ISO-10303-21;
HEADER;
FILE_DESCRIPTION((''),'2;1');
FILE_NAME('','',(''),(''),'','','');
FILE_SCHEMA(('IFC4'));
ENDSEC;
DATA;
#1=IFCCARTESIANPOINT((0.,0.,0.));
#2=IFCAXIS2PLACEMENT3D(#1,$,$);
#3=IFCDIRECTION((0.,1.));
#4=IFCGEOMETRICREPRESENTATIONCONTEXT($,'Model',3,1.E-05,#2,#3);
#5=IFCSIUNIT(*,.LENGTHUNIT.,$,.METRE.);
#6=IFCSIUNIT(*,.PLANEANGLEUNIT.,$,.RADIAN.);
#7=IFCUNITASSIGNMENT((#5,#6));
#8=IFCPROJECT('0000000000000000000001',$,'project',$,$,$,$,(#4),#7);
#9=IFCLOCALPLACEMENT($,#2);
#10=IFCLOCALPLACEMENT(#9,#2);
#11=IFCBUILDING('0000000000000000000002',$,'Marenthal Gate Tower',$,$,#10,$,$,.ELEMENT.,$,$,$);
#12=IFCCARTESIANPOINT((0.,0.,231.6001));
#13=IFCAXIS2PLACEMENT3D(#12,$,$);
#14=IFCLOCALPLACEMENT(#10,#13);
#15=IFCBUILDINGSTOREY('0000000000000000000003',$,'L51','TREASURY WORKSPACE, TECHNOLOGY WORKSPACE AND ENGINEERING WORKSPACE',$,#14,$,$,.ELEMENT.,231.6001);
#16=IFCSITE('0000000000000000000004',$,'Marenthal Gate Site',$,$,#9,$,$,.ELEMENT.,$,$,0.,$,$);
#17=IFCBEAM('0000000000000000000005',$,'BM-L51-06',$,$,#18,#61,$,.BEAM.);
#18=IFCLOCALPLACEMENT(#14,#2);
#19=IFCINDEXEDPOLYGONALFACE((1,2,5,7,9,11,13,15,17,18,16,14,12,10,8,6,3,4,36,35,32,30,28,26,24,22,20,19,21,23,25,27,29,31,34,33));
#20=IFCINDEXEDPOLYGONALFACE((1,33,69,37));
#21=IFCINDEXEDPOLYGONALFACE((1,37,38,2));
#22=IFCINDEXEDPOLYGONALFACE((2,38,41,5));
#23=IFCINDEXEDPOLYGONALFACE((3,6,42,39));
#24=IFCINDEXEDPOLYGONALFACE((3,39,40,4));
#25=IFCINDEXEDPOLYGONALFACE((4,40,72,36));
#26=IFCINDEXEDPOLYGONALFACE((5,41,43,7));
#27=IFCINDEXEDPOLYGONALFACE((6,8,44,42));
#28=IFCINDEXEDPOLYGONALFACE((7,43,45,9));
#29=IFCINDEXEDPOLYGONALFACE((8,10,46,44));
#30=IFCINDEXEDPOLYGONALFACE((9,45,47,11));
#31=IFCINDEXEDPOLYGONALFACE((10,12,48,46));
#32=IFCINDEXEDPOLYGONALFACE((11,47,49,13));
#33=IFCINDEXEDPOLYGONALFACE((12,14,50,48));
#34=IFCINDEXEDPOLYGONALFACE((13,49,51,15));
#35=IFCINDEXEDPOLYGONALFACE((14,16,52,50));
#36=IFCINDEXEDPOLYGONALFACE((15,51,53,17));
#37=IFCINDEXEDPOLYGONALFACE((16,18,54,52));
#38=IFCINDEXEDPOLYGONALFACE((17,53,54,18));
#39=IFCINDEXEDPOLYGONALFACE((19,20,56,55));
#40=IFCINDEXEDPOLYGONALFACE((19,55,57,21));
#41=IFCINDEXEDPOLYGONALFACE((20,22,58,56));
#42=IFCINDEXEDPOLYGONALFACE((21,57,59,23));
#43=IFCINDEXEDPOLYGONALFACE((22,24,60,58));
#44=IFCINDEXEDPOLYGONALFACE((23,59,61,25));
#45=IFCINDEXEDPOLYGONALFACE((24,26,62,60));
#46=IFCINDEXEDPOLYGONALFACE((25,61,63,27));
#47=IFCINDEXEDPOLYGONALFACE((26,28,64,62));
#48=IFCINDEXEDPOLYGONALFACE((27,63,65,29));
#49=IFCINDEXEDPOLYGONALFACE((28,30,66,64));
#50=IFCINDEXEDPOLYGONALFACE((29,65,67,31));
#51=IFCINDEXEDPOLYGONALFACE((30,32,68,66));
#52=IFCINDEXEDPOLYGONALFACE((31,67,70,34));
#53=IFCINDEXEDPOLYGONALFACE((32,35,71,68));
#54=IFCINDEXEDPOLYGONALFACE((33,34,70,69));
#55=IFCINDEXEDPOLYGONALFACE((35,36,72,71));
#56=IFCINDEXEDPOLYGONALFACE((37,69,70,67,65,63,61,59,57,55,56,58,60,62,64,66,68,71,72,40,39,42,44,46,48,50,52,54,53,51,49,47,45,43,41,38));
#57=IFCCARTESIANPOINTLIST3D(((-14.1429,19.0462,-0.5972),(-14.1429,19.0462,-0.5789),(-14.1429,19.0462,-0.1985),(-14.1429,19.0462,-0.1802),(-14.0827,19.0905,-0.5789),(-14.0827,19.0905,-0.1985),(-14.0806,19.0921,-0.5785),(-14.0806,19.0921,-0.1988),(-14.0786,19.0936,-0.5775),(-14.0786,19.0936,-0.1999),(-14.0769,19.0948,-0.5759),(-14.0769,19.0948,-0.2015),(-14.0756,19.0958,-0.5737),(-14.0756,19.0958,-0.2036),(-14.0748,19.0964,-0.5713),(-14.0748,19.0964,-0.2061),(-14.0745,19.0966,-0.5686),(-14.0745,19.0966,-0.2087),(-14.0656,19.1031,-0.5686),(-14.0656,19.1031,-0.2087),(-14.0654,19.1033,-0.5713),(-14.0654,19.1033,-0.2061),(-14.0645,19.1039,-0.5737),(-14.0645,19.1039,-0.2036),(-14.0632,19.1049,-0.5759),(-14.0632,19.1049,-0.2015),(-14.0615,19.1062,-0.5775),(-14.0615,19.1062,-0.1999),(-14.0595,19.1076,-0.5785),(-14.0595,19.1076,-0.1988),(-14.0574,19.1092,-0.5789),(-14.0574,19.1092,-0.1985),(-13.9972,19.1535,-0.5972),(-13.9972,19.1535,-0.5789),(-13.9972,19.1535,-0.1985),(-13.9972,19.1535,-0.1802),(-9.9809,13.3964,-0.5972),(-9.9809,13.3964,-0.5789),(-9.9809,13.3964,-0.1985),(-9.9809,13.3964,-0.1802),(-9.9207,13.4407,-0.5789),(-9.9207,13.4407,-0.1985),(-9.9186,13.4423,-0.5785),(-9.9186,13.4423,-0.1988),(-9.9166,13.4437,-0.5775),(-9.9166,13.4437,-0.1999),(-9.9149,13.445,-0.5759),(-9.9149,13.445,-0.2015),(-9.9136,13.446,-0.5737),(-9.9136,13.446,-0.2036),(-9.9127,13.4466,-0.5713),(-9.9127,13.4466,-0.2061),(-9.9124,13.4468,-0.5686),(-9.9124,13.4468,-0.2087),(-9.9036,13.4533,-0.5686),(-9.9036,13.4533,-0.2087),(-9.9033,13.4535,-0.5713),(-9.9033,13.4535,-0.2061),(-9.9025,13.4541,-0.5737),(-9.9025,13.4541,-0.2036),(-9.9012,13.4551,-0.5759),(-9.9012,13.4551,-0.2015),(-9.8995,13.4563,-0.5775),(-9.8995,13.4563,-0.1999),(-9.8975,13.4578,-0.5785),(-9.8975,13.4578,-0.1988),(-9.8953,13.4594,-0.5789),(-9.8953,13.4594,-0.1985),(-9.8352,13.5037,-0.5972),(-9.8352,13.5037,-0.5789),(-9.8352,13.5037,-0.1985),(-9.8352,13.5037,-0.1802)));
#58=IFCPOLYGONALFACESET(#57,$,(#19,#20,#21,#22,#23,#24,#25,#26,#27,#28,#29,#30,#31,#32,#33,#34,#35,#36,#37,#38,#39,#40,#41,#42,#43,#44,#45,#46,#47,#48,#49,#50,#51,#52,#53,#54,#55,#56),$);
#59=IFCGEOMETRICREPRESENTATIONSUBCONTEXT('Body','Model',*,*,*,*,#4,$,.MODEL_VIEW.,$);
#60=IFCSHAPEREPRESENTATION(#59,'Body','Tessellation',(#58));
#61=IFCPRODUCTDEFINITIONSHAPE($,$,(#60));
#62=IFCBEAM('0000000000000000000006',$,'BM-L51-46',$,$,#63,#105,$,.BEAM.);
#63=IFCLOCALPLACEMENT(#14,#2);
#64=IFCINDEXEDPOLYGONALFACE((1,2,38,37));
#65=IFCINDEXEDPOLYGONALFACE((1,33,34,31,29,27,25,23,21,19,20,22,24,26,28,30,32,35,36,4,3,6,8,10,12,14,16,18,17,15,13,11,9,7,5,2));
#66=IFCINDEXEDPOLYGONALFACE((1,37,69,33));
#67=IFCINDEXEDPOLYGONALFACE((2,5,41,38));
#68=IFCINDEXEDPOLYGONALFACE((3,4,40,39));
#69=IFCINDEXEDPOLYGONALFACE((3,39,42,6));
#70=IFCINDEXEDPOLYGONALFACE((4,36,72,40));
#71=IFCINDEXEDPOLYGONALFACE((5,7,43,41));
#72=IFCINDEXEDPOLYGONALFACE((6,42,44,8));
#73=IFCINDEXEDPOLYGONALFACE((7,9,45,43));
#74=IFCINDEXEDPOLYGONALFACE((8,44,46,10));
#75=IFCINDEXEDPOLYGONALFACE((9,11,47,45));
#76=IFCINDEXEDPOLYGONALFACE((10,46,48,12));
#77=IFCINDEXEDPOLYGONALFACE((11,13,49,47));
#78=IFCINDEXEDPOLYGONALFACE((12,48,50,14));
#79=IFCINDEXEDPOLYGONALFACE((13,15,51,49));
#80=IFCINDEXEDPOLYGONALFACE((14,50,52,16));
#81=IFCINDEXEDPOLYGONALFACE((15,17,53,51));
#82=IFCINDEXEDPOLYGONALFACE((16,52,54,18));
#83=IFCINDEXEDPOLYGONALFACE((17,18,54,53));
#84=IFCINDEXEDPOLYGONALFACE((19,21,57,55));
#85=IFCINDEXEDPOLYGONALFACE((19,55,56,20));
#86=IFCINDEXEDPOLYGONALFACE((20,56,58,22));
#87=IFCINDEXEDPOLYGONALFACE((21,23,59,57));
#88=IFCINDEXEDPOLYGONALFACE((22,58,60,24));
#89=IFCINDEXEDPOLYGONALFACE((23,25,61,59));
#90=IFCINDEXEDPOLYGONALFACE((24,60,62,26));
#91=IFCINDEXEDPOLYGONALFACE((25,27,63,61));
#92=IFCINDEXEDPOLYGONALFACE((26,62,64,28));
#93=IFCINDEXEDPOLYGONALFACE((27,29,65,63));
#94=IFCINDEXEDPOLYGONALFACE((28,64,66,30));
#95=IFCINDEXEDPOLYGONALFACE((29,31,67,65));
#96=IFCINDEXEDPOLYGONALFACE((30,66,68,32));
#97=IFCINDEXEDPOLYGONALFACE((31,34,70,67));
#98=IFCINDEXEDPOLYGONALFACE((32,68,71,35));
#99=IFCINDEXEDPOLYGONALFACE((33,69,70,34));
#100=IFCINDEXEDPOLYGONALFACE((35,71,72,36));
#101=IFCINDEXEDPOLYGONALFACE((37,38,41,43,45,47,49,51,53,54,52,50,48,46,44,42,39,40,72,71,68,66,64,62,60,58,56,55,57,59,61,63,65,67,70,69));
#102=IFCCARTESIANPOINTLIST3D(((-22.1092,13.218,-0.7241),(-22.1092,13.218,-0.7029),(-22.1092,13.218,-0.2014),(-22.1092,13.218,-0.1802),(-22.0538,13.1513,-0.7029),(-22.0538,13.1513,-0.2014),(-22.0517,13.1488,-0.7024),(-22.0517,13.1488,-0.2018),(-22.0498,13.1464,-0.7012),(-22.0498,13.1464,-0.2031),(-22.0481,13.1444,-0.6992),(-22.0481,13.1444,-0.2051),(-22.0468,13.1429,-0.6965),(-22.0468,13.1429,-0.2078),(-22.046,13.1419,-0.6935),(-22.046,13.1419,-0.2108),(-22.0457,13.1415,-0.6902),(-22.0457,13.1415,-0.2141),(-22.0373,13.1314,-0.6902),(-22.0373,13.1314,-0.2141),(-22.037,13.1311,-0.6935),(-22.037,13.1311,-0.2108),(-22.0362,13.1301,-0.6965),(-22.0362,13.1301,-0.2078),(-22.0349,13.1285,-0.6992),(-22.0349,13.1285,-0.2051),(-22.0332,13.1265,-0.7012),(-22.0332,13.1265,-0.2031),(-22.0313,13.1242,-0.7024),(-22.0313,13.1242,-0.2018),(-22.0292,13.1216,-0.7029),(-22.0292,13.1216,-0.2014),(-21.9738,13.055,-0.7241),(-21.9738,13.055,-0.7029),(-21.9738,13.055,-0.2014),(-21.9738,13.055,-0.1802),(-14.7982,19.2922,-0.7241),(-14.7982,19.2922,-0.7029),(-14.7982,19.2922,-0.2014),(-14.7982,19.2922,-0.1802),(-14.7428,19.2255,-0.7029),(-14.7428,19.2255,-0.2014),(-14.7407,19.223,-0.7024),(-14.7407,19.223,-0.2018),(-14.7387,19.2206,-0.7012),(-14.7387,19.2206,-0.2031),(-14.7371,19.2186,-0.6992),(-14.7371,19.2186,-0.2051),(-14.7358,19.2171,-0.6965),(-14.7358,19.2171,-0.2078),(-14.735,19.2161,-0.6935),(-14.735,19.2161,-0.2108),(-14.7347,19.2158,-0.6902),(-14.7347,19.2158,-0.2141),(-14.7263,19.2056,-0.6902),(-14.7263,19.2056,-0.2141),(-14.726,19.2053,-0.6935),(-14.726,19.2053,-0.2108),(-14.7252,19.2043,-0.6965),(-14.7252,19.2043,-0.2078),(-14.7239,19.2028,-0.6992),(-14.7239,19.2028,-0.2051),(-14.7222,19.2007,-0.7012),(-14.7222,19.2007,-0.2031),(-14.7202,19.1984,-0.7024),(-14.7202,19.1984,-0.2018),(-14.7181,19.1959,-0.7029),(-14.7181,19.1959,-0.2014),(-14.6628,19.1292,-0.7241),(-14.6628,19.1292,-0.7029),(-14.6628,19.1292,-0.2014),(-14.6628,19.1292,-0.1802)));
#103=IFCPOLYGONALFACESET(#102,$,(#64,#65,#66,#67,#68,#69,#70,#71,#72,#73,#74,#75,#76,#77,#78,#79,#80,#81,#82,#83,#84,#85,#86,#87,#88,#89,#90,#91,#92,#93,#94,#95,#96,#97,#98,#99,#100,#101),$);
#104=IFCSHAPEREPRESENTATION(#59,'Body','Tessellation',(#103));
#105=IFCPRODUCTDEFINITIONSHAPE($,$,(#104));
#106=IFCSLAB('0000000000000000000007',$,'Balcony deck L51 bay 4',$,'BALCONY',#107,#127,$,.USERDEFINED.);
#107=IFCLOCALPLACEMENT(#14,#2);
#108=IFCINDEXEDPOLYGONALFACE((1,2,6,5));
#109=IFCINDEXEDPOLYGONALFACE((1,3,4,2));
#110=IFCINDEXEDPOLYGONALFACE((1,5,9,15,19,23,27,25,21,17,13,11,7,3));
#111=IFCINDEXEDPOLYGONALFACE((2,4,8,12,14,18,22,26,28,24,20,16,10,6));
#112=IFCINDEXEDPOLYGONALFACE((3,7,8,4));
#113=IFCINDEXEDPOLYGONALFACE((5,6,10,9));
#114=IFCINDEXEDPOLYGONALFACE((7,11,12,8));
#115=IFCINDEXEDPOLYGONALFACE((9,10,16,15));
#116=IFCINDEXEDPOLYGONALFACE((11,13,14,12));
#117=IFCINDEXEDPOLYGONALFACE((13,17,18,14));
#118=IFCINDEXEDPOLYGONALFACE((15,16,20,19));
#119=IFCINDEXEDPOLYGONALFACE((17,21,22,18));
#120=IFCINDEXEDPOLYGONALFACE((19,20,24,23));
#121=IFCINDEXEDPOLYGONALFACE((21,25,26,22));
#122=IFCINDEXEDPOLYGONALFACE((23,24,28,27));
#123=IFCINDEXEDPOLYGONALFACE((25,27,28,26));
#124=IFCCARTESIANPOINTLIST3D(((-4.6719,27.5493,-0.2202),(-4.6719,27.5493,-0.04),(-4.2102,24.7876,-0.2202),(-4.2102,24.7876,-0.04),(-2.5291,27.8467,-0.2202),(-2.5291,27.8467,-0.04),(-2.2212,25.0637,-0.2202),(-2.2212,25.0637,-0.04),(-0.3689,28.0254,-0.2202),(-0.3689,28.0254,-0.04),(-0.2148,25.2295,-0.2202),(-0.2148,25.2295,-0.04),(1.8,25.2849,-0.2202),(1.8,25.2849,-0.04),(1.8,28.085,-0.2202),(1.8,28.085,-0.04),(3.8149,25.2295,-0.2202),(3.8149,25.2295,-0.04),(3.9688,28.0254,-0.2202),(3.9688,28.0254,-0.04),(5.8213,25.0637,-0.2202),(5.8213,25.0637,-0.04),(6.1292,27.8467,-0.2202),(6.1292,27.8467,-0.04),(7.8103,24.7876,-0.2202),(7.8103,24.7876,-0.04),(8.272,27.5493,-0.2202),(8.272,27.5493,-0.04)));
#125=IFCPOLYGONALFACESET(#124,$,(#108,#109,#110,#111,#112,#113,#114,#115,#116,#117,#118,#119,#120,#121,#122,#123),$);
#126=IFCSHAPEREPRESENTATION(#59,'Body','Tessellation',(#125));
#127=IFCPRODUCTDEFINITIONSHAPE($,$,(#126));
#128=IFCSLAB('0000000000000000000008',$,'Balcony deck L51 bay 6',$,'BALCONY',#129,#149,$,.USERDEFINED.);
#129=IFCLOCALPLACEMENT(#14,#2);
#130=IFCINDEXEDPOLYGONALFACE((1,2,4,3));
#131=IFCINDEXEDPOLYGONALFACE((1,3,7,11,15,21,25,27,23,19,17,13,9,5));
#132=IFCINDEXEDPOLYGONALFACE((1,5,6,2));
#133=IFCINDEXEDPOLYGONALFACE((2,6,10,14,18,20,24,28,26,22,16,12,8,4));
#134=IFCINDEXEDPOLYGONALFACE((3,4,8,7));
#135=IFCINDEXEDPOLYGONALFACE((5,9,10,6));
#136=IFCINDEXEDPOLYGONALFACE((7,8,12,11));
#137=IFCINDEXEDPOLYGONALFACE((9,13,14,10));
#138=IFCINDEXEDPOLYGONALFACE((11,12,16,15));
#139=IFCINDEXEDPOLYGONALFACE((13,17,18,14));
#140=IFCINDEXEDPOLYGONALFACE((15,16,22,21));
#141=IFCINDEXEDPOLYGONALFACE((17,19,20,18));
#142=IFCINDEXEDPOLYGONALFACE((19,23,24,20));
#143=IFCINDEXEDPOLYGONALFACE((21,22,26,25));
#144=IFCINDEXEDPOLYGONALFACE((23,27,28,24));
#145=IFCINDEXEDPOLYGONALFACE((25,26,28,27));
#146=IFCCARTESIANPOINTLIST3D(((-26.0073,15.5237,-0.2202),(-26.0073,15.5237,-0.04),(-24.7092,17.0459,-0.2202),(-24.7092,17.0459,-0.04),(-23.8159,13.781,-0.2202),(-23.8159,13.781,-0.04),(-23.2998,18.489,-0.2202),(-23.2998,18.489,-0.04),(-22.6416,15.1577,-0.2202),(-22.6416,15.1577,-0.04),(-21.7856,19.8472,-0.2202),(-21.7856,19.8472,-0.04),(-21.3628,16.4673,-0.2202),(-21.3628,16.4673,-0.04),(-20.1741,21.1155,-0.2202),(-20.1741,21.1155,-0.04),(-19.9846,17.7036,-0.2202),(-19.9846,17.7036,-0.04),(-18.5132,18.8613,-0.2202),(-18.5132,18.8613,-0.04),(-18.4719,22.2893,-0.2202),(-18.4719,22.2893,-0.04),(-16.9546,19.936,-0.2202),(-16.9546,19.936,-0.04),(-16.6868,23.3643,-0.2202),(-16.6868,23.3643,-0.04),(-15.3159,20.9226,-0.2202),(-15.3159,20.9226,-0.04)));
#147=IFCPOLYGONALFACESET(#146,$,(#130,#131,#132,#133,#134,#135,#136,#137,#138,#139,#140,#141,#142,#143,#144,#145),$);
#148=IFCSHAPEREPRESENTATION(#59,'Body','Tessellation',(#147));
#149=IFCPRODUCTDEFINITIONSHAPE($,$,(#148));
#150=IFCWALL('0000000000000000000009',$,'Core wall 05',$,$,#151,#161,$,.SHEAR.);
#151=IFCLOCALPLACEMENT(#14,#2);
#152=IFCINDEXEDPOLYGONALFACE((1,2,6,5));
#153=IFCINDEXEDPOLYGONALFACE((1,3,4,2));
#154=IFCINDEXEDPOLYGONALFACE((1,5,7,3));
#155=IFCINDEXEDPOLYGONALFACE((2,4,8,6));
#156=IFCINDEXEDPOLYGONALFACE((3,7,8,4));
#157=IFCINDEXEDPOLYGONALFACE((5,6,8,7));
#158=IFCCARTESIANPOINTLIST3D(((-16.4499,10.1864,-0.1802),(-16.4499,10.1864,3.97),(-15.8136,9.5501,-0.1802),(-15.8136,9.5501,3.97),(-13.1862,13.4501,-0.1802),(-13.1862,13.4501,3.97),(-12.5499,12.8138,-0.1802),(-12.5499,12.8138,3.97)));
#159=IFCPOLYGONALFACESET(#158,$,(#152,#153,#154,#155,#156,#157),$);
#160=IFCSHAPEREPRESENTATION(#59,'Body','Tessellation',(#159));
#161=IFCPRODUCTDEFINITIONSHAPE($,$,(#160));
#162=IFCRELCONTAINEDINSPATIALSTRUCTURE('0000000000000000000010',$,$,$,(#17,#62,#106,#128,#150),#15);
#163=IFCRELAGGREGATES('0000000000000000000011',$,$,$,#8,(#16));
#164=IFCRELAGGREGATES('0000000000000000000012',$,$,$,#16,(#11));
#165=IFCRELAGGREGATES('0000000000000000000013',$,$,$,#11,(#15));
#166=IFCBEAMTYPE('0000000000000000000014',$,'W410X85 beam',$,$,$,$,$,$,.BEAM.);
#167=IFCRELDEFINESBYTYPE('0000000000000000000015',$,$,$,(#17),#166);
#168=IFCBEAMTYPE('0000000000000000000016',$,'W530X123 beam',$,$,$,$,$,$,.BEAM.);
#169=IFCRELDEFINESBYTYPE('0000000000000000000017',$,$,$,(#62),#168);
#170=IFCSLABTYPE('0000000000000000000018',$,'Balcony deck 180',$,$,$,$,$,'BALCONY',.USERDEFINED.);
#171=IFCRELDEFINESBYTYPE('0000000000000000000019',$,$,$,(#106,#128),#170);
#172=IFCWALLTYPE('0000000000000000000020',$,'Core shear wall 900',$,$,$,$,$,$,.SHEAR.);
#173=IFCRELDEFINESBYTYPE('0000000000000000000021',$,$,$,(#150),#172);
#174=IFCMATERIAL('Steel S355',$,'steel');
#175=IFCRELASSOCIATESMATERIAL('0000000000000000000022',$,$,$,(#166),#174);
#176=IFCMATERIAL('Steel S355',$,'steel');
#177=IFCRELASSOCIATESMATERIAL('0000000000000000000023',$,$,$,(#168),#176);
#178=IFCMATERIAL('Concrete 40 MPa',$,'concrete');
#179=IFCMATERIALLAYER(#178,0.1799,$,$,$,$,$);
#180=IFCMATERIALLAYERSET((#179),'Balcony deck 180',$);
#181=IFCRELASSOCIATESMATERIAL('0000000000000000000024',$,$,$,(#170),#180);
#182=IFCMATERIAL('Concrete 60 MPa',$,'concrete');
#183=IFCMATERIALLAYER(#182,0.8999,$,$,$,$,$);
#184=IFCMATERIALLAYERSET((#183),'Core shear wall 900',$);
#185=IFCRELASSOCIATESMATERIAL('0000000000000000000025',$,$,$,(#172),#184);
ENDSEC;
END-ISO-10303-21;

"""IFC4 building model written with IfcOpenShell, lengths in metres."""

from ifc_helpers import new_model, si_unit, direction, frame, frame_2d, origin, origin_2d, place, context, subcontext, project, spatial, polyline, rectangle, i_section, outline, extrude, material, layer, layer_set, material_profile, profile_set, type_object, element, save


model = new_model("IFC4")

# Units and contexts
model_context = context("Model", 3, precision=1e-05, world=origin(), true_north=direction((0.0, 1.0)))
body_context = subcontext(model_context, "Body", "Model", "MODEL_VIEW")
ifc_project = project(units=[si_unit("LENGTHUNIT", "METRE"), si_unit("PLANEANGLEUNIT", "RADIAN")], contexts=[model_context])

# Site, building, storey
site_placement = place(None, origin())
site = spatial("IfcSite", under=ifc_project, at=site_placement, Name="Marenthal Gate Site", CompositionType="ELEMENT", RefElevation=0.0)
building_placement = place(site_placement, origin())
building = spatial("IfcBuilding", under=site, at=building_placement, Name="Marenthal Gate Tower", CompositionType="ELEMENT")
storey_placement = place(building_placement, frame((0.0, 0.0, 231.6001)))
storey = spatial("IfcBuildingStorey", under=building, at=storey_placement, Name="L51", Description="TREASURY WORKSPACE, TECHNOLOGY WORKSPACE AND ENGINEERING WORKSPACE", CompositionType="ELEMENT", Elevation=231.6001)

# Beams
ifc_material_1 = material(Name="Steel S355", Category="steel")
ifc_material_profile_1 = material_profile(ifc_material_1, i_section(OverallWidth=0.1809, OverallDepth=0.417, WebThickness=0.011, FlangeThickness=0.0183, FilletRadius=0.0103, at=origin_2d()), Name="W410X85")
ifc_profile_set_1 = profile_set([ifc_material_profile_1], Name="Steel S355")
beam_type_1 = type_object("IfcBeamType", Name="W410X85 beam", PredefinedType="BEAM", material=ifc_profile_set_1)
beam_1_placement = place(storey_placement, frame((-14.0701, 19.0999, -0.3887), z_axis=(0.593109, -0.805122, 0.0), x_axis=(0.805122, 0.593109, 0.0)))
element("IfcBeam", 1, at=beam_1_placement, inside=storey, type_object=beam_type_1, Name="BM-L51-06", PredefinedType="BEAM", context=body_context, shape_type="SweptSolid", body=[
    extrude(i_section(OverallWidth=0.1809, OverallDepth=0.417, WebThickness=0.011, FlangeThickness=0.0183, FilletRadius=0.0103, at=origin_2d()), origin(), (0.0, 0.0, 1.0), 7.0173),
])
ifc_material_2 = material(Name="Steel S355", Category="steel")
ifc_material_profile_2 = material_profile(ifc_material_2, i_section(OverallWidth=0.2119, OverallDepth=0.5439, WebThickness=0.0132, FlangeThickness=0.0212, FilletRadius=0.0127, at=origin_2d()), Name="W530X123")
ifc_profile_set_2 = profile_set([ifc_material_profile_2], Name="Steel S355")
beam_type_2 = type_object("IfcBeamType", Name="W530X123 beam", PredefinedType="BEAM", material=ifc_profile_set_2)
beam_2_placement = place(storey_placement, frame((-14.7305, 19.2107, -0.4521), z_axis=(-0.769168, -0.639047, 0.0), x_axis=(0.639047, -0.769168, 0.0)))
element("IfcBeam", 2, at=beam_2_placement, inside=storey, type_object=beam_type_2, Name="BM-L51-46", PredefinedType="BEAM", context=body_context, shape_type="SweptSolid", body=[
    extrude(i_section(OverallWidth=0.2119, OverallDepth=0.5439, WebThickness=0.0132, FlangeThickness=0.0212, FilletRadius=0.0127, at=origin_2d()), origin(), (0.0, 0.0, 1.0), 9.5051),
])

# Slabs
ifc_material_3 = material(Name="Concrete 40 MPa", Category="concrete")
ifc_layer_1 = layer(ifc_material_3, 0.1799)
ifc_layer_set_1 = layer_set([ifc_layer_1], Name="Balcony deck 180")
slab_type = type_object("IfcSlabType", Name="Balcony deck 180", ElementType="BALCONY", PredefinedType="USERDEFINED", material=ifc_layer_set_1)
slab_1_placement = place(storey_placement, frame((0.0, 0.0, -0.2202)))
element("IfcSlab", 3, at=slab_1_placement, inside=storey, type_object=slab_type, Name="Balcony deck L51 bay 4", ObjectType="BALCONY", PredefinedType="USERDEFINED", context=body_context, shape_type="SweptSolid", body=[
    extrude(outline(polyline([(7.8103, 24.7876), (5.8213, 25.0637), (3.8149, 25.2295), (1.8, 25.2849), (-0.2148, 25.2295), (-2.2212, 25.0637), (-4.2102, 24.7876), (-4.6719, 27.5493), (-2.5291, 27.8467), (-0.3689, 28.0254), (1.8, 28.085), (3.9688, 28.0254), (6.1292, 27.8467), (8.272, 27.5493), (7.8103, 24.7876)])), origin(), (0.0, 0.0, 1.0), 0.1802),
])
slab_2_placement = place(storey_placement, frame((0.0, 0.0, -0.2202)))
element("IfcSlab", 4, at=slab_2_placement, inside=storey, type_object=slab_type, Name="Balcony deck L51 bay 6", ObjectType="BALCONY", PredefinedType="USERDEFINED", context=body_context, shape_type="SweptSolid", body=[
    extrude(outline(polyline([(-15.3159, 20.9226), (-16.9546, 19.936), (-18.5132, 18.8613), (-19.9846, 17.7036), (-21.3628, 16.4673), (-22.6416, 15.1577), (-23.8159, 13.781), (-26.0073, 15.5237), (-24.7092, 17.0459), (-23.2998, 18.489), (-21.7856, 19.8472), (-20.1741, 21.1155), (-18.4719, 22.2893), (-16.6868, 23.3643), (-15.3159, 20.9226)])), origin(), (0.0, 0.0, 1.0), 0.1802),
])

# Wall
ifc_material_4 = material(Name="Concrete 60 MPa", Category="concrete")
ifc_layer_2 = layer(ifc_material_4, 0.8999)
ifc_layer_set_2 = layer_set([ifc_layer_2], Name="Core shear wall 900")
wall_type_1 = type_object("IfcWallType", Name="Core shear wall 900", PredefinedType="SHEAR", material=ifc_layer_set_2)
wall_1_placement = place(storey_placement, frame((-12.8682, 13.1318, -0.1802), z_axis=(0.0, 0.0, 1.0), x_axis=(-0.707107, -0.707107, 0.0)))
element("IfcWall", 5, at=wall_1_placement, inside=storey, type_object=wall_type_1, Name="Core wall 05", PredefinedType="SHEAR", context=body_context, shape_type="SweptSolid", body=[
    extrude(rectangle(XDim=4.6155, YDim=0.8999, at=frame_2d((2.3076, 0.0))), origin(), (0.0, 0.0, 1.0), 4.1501),
])

save(model, "model.ifc")
